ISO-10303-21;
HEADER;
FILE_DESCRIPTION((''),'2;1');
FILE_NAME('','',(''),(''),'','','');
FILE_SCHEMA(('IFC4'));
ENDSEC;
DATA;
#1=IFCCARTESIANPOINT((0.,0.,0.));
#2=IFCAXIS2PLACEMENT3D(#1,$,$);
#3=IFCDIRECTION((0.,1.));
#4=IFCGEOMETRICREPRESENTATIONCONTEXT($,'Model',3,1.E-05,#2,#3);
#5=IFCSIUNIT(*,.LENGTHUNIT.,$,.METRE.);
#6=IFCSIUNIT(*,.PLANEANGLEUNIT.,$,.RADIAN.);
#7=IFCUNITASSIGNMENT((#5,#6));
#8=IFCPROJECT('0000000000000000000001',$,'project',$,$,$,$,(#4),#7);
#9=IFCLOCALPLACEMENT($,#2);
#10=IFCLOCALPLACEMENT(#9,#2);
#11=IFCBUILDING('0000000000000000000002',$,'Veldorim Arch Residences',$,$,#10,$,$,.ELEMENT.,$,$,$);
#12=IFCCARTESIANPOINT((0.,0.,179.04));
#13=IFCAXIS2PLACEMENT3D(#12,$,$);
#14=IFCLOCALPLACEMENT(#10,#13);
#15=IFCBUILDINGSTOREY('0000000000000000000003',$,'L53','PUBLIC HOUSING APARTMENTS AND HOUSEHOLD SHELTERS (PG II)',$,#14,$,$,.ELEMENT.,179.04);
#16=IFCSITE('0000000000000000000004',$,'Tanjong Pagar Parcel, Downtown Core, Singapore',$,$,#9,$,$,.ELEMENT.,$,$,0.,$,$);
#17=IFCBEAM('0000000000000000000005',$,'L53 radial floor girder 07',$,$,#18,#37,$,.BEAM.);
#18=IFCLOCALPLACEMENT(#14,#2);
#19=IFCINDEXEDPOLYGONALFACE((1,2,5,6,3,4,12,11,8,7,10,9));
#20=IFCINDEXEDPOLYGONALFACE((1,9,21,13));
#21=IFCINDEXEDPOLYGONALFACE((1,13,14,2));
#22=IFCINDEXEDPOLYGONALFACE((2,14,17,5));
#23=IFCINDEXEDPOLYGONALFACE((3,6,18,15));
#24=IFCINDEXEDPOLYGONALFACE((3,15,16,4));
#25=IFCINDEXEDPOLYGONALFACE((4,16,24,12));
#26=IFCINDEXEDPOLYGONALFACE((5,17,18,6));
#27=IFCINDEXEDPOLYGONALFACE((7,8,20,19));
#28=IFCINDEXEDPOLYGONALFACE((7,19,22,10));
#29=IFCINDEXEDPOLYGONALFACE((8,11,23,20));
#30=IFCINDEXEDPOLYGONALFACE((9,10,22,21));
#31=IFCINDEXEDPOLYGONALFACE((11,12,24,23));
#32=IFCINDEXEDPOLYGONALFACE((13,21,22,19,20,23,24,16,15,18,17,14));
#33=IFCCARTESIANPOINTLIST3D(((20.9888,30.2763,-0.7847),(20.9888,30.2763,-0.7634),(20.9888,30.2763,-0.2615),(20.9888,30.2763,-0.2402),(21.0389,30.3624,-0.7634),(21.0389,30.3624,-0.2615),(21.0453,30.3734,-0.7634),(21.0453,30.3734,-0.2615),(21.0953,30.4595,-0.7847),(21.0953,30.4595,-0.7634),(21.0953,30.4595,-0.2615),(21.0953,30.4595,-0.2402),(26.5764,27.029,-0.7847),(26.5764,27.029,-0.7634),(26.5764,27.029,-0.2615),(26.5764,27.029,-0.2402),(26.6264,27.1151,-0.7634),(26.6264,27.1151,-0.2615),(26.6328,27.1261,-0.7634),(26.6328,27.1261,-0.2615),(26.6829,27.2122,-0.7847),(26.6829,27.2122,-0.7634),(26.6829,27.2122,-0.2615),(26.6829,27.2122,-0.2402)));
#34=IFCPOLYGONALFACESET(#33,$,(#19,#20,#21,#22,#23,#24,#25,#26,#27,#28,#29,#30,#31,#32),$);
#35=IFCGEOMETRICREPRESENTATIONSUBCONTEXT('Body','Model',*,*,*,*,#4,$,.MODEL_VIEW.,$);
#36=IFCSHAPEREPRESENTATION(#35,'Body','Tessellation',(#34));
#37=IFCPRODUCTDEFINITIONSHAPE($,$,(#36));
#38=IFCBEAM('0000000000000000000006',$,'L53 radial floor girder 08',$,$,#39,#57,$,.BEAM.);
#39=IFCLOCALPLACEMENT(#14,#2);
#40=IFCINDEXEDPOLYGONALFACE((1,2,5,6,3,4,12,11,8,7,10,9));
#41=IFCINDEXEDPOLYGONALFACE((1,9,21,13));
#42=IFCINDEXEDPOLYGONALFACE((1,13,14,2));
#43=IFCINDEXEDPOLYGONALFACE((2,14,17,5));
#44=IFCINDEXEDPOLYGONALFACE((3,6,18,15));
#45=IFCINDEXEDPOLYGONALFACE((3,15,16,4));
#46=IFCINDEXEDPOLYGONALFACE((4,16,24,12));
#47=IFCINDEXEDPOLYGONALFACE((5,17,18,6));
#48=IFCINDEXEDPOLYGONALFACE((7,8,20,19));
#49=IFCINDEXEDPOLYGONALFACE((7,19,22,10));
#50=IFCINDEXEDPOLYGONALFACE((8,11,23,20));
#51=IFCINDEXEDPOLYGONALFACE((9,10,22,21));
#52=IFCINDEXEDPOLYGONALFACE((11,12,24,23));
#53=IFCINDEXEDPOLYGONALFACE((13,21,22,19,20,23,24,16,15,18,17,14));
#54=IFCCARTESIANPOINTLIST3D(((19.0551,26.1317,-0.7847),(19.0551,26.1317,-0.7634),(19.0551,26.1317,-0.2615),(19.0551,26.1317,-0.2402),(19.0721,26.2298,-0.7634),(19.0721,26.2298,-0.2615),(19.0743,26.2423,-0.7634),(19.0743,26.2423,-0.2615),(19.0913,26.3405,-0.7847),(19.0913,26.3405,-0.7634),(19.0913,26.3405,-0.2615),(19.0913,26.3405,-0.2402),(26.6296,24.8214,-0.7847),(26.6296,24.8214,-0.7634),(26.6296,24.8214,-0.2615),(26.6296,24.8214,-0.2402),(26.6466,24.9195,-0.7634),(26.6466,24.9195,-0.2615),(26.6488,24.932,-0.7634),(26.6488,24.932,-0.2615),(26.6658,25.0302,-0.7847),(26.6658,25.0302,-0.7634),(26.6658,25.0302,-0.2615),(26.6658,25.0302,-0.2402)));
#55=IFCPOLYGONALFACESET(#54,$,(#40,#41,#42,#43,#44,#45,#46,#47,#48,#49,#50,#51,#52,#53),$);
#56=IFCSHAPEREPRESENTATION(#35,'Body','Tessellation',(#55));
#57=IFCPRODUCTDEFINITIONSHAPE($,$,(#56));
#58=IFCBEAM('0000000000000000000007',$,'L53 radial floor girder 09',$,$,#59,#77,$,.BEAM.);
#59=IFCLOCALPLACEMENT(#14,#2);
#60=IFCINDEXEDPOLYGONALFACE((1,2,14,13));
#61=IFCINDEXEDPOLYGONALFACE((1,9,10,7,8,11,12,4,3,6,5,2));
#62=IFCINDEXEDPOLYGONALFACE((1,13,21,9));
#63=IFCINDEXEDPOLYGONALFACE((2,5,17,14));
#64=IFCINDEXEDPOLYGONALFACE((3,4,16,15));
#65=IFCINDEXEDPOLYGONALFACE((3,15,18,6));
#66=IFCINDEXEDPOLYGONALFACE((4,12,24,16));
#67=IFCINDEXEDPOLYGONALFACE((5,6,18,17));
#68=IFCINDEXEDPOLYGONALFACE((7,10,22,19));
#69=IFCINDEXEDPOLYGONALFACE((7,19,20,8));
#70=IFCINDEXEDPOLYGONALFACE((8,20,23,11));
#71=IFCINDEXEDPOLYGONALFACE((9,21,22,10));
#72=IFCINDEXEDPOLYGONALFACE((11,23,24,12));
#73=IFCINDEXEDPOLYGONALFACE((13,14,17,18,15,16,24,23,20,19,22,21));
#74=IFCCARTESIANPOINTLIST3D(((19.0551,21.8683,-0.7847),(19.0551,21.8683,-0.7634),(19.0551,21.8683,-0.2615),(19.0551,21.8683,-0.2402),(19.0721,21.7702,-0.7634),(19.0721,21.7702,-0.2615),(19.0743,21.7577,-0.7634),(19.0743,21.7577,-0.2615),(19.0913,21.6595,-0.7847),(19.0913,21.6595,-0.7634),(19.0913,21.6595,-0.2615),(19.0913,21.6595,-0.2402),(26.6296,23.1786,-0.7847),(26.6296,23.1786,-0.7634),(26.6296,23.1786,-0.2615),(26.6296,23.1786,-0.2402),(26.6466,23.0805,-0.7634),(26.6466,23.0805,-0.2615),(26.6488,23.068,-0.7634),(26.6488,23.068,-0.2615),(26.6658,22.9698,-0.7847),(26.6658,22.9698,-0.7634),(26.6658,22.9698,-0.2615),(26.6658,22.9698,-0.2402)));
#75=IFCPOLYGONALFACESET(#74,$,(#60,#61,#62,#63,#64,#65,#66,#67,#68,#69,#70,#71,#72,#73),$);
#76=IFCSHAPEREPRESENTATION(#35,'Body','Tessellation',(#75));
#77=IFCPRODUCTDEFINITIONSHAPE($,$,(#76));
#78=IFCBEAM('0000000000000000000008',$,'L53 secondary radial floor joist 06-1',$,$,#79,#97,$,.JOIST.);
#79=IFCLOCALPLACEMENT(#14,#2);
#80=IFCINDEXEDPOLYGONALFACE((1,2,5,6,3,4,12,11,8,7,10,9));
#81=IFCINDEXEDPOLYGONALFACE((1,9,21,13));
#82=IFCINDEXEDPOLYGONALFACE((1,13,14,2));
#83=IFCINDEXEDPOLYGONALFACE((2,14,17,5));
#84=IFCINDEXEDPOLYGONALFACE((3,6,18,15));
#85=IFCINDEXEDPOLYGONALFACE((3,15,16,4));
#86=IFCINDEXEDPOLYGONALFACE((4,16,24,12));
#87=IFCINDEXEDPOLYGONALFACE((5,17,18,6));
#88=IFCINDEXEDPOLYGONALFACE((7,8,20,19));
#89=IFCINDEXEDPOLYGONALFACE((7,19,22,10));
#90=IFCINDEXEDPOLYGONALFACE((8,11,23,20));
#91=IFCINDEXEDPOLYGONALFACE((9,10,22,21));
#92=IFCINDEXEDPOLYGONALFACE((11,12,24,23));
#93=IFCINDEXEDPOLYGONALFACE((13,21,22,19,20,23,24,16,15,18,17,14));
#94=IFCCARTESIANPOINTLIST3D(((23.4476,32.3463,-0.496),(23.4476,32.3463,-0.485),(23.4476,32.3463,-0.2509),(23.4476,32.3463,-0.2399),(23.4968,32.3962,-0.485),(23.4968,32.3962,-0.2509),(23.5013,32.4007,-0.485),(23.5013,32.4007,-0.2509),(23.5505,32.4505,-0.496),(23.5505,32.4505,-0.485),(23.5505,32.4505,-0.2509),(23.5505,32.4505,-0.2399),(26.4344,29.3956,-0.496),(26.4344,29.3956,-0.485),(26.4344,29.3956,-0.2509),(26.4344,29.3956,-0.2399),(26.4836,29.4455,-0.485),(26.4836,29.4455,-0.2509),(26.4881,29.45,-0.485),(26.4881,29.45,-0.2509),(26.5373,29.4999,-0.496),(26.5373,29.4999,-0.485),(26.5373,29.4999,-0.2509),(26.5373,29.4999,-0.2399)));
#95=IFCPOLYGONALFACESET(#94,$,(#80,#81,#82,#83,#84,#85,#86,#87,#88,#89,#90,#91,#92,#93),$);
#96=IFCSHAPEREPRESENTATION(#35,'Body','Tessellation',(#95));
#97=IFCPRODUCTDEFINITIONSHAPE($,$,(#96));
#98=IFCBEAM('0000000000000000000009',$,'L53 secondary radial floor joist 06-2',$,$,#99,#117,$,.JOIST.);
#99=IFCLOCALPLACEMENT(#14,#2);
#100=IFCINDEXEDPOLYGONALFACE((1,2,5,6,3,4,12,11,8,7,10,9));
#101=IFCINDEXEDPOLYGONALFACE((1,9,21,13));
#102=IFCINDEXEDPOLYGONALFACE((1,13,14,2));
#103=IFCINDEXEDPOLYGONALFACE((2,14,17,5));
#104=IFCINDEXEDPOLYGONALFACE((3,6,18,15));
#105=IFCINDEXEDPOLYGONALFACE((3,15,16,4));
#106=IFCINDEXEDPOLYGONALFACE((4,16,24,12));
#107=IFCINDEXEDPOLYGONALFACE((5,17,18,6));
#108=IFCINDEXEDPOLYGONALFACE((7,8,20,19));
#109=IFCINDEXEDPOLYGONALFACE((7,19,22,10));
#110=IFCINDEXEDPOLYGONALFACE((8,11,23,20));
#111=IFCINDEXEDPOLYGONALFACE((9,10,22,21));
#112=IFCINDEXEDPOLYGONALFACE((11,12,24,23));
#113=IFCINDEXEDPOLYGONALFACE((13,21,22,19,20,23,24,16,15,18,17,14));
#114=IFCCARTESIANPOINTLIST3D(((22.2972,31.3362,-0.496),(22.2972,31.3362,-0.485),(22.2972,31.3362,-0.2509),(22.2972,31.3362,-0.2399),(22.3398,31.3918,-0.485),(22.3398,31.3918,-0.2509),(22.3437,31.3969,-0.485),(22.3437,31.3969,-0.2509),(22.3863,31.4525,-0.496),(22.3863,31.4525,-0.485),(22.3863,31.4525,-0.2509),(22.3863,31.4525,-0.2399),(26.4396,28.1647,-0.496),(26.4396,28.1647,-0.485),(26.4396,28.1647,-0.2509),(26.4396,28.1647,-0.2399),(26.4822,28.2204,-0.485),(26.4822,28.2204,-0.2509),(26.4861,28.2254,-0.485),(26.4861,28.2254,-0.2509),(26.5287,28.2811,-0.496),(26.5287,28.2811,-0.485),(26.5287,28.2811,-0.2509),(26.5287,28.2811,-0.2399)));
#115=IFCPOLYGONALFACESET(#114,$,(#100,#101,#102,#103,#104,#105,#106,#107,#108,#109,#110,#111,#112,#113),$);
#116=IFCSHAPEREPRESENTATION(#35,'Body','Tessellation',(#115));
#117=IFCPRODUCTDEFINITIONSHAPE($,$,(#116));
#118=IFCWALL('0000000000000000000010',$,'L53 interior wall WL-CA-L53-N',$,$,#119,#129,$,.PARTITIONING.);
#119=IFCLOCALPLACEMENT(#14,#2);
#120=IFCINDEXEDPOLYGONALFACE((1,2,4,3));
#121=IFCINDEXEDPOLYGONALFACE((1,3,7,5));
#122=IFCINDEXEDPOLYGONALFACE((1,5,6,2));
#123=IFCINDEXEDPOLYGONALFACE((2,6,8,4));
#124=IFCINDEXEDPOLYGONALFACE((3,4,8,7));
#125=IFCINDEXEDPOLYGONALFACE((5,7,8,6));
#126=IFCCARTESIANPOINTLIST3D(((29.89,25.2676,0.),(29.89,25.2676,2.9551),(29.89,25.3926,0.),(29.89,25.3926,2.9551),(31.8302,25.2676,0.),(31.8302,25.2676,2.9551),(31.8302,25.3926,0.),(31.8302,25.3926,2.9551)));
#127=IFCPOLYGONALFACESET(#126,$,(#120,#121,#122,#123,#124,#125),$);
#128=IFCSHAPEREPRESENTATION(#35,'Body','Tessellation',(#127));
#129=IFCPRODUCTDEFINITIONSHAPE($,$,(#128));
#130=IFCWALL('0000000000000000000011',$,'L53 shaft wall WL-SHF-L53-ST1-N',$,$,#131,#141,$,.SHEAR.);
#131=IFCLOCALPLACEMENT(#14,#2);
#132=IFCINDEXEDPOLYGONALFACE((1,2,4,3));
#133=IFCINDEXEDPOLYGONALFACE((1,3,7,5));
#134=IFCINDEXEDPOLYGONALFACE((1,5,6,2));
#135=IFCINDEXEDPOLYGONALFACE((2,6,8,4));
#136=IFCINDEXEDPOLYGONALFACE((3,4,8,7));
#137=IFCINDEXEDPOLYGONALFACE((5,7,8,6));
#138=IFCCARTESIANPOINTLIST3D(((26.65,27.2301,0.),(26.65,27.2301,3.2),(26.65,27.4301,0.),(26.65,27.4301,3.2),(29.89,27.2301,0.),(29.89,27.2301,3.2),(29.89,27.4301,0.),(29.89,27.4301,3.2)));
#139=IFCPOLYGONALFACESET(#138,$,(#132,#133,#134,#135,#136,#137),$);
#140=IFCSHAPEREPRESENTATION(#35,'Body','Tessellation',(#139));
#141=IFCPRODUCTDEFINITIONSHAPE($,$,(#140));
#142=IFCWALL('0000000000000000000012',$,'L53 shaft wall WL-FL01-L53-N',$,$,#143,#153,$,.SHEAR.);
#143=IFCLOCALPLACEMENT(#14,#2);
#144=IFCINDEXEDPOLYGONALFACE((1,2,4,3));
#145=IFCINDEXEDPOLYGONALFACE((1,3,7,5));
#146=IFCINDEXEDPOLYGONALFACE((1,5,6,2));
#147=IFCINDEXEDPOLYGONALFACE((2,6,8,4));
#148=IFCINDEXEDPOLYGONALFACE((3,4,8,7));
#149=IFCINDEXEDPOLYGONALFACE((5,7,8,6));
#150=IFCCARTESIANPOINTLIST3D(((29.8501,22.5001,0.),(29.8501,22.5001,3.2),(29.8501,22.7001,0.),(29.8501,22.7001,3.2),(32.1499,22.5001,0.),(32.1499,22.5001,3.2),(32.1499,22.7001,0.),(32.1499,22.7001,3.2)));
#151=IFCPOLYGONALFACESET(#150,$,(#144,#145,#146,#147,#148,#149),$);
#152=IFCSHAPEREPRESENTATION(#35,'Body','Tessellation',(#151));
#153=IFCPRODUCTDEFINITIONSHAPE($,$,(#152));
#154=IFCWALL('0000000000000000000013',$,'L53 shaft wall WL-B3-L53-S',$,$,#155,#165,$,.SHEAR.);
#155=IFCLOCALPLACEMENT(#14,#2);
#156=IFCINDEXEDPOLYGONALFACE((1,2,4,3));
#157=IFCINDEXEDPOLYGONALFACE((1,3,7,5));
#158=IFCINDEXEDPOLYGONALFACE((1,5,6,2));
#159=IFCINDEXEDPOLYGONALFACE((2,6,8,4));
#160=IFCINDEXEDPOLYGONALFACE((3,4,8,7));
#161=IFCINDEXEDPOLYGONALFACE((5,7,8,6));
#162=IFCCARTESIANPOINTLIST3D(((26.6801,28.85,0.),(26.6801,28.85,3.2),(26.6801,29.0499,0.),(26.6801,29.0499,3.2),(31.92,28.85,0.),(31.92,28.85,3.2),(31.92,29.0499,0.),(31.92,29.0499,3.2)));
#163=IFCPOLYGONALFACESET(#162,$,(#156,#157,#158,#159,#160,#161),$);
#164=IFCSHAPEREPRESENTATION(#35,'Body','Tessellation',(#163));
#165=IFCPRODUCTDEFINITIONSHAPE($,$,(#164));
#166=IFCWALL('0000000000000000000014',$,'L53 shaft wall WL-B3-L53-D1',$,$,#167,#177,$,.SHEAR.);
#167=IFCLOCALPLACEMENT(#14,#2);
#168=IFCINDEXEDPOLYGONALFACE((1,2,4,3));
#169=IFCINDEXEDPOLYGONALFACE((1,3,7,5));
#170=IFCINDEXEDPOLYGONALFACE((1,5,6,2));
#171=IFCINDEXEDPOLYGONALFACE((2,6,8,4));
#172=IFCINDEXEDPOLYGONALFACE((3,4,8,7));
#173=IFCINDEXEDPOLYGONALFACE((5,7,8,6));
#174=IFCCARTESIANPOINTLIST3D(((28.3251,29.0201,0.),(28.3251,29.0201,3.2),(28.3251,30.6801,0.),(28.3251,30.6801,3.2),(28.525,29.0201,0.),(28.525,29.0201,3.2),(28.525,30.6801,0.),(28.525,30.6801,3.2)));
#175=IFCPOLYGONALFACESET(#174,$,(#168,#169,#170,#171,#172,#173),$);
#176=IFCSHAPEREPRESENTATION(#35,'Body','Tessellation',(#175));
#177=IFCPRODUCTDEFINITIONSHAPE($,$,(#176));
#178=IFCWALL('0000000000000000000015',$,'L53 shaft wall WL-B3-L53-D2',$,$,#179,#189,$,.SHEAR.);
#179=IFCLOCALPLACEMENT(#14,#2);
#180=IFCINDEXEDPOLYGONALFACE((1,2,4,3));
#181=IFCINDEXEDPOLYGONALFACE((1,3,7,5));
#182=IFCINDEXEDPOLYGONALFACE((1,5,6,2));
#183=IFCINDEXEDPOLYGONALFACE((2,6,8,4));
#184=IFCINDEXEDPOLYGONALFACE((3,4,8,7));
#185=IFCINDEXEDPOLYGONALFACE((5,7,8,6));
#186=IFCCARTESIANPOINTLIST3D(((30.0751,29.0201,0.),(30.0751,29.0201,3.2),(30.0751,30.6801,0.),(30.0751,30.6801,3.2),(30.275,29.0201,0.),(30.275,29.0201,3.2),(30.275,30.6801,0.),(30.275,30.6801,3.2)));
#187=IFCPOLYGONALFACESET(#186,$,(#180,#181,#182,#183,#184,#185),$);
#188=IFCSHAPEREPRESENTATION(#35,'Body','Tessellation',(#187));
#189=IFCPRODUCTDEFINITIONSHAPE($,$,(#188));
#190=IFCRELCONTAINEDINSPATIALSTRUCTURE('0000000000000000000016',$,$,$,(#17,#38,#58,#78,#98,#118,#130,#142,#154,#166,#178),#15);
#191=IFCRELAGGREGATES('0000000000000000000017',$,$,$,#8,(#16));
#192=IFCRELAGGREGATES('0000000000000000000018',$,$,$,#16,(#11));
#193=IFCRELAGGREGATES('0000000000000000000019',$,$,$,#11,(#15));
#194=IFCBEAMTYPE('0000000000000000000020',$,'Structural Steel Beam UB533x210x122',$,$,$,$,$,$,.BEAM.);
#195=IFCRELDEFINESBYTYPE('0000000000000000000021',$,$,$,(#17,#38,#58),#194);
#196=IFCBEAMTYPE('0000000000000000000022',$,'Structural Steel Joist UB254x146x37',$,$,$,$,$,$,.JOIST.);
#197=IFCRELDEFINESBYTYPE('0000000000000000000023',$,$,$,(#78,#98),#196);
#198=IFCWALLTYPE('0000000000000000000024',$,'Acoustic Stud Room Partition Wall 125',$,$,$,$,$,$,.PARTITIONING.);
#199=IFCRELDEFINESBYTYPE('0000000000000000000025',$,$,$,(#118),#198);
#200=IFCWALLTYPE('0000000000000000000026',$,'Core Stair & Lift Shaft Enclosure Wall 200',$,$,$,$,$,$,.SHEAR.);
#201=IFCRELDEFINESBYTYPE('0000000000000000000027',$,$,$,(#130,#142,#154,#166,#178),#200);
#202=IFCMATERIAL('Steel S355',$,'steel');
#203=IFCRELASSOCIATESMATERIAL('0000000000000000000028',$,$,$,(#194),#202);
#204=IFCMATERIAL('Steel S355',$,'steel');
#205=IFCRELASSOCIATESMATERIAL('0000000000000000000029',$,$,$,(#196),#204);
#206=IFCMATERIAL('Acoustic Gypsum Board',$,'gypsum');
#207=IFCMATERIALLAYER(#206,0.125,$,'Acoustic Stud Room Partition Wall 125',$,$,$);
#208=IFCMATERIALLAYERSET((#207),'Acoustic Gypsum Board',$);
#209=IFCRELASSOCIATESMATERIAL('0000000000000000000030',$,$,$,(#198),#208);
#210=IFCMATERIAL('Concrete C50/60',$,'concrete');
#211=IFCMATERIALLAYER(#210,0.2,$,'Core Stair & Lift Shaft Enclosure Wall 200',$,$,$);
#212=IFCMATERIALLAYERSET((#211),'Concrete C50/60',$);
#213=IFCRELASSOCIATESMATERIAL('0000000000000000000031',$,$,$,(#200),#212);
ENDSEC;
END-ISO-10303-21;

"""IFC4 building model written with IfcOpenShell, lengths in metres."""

from ifc_helpers import new_model, si_unit, direction, frame, frame_2d, origin, origin_2d, place, context, subcontext, project, spatial, rectangle, i_section, extrude, material, layer, layer_set, material_profile, profile_set, type_object, element, save


model = new_model("IFC4")

# Units and contexts
model_context = context("Model", 3, precision=1e-05, world=origin(), true_north=direction((0.0, 1.0)))
body_context = subcontext(model_context, "Body", "Model", "MODEL_VIEW")
ifc_project = project(units=[si_unit("LENGTHUNIT", "METRE"), si_unit("PLANEANGLEUNIT", "RADIAN")], contexts=[model_context])

# Site, building, storey
site_placement = place(None, origin())
site = spatial("IfcSite", under=ifc_project, at=site_placement, Name="Tanjong Pagar Parcel, Downtown Core, Singapore", CompositionType="ELEMENT", RefElevation=0.0)
building_placement = place(site_placement, origin())
building = spatial("IfcBuilding", under=site, at=building_placement, Name="Veldorim Arch Residences", CompositionType="ELEMENT")
storey_placement = place(building_placement, frame((0.0, 0.0, 179.04)))
storey = spatial("IfcBuildingStorey", under=building, at=storey_placement, Name="L53", Description="PUBLIC HOUSING APARTMENTS AND HOUSEHOLD SHELTERS (PG II)", CompositionType="ELEMENT", Elevation=179.04)

# Beams
ifc_material_1 = material(Name="Steel S355", Category="steel")
ifc_material_profile_1 = material_profile(ifc_material_1, i_section(OverallWidth=0.2119, OverallDepth=0.5444, WebThickness=0.0127, FlangeThickness=0.0212, at=origin_2d()), Name="UB533x210x122")
ifc_profile_set_1 = profile_set([ifc_material_profile_1], Name="Steel S355")
beam_type_1 = type_object("IfcBeamType", Name="Structural Steel Beam UB533x210x122", PredefinedType="BEAM", material=ifc_profile_set_1)
beam_1_placement = place(storey_placement, frame((26.6296, 27.1206, -0.5125), z_axis=(-0.864596, 0.502468, 0.0), x_axis=(-0.502468, -0.864596, 0.0)))
element("IfcBeam", 1, at=beam_1_placement, inside=storey, type_object=beam_type_1, Name="L53 radial floor girder 07", PredefinedType="BEAM", context=body_context, shape_type="SweptSolid", body=[
    extrude(i_section(OverallWidth=0.2119, OverallDepth=0.5444, WebThickness=0.0127, FlangeThickness=0.0212, at=origin_2d()), origin(), (0.0, 0.0, 1.0), 6.4626),
])
for number, where, z_axis, x_axis, name in (
    (2, (26.6477, 24.9258, -0.5125), (-0.985365, 0.170458, 0.0), (-0.170458, -0.985365, 0.0), "L53 radial floor girder 08"),
    (3, (26.6477, 23.0742, -0.5125), (-0.985365, -0.170458, 0.0), (0.170458, -0.985365, 0.0), "L53 radial floor girder 09"),
):
    element("IfcBeam", number, at=place(storey_placement, frame(where, z_axis=z_axis, x_axis=x_axis)), inside=storey, type_object=beam_type_1, Name=name, PredefinedType="BEAM", context=body_context, shape_type="SweptSolid", body=[
        extrude(i_section(OverallWidth=0.2119, OverallDepth=0.5444, WebThickness=0.0127, FlangeThickness=0.0212, at=origin_2d()), origin(), (0.0, 0.0, 1.0), 7.687),
    ])
ifc_material_2 = material(Name="Steel S355", Category="steel")
ifc_material_profile_2 = material_profile(ifc_material_2, i_section(OverallWidth=0.1465, OverallDepth=0.2561, WebThickness=0.0063, FlangeThickness=0.011, at=origin_2d()), Name="UB254x146x37")
ifc_profile_set_2 = profile_set([ifc_material_profile_2], Name="Steel S355")
beam_type_2 = type_object("IfcBeamType", Name="Structural Steel Joist UB254x146x37", PredefinedType="JOIST", material=ifc_profile_set_2)
beam_2_placement = place(storey_placement, frame((26.4858, 29.4478, -0.3679), z_axis=(-0.711397, 0.702791, 0.0), x_axis=(-0.702791, -0.711397, 0.0)))
element("IfcBeam", 4, at=beam_2_placement, inside=storey, type_object=beam_type_2, Name="L53 secondary radial floor joist 06-1", PredefinedType="JOIST", context=body_context, shape_type="SweptSolid", body=[
    extrude(i_section(OverallWidth=0.1465, OverallDepth=0.2561, WebThickness=0.0063, FlangeThickness=0.011, at=origin_2d()), origin(), (0.0, 0.0, 1.0), 4.1985),
])
beam_3_placement = place(storey_placement, frame((26.4841, 28.2229, -0.3679), z_axis=(-0.794014, 0.6079, 0.0), x_axis=(-0.6079, -0.794014, 0.0)))
element("IfcBeam", 5, at=beam_3_placement, inside=storey, type_object=beam_type_2, Name="L53 secondary radial floor joist 06-2", PredefinedType="JOIST", context=body_context, shape_type="SweptSolid", body=[
    extrude(i_section(OverallWidth=0.1465, OverallDepth=0.2561, WebThickness=0.0063, FlangeThickness=0.011, at=origin_2d()), origin(), (0.0, 0.0, 1.0), 5.217),
])

# Walls
ifc_material_3 = material(Name="Acoustic Gypsum Board", Category="gypsum")
ifc_layer_1 = layer(ifc_material_3, 0.125, Name="Acoustic Stud Room Partition Wall 125")
ifc_layer_set_1 = layer_set([ifc_layer_1], Name="Acoustic Gypsum Board")
wall_type_1 = type_object("IfcWallType", Name="Acoustic Stud Room Partition Wall 125", PredefinedType="PARTITIONING", material=ifc_layer_set_1)
wall_1_placement = place(storey_placement, frame((29.8899, 25.3301, 0.0), z_axis=(0.0, 0.0, 1.0), x_axis=(1.0, 0.0, 0.0)))
element("IfcWall", 6, at=wall_1_placement, inside=storey, type_object=wall_type_1, Name="L53 interior wall WL-CA-L53-N", PredefinedType="PARTITIONING", context=body_context, shape_type="SweptSolid", body=[
    extrude(rectangle(XDim=1.9402, YDim=0.125, at=frame_2d((0.9702, 0.0))), origin(), (0.0, 0.0, 1.0), 2.9551),
])
ifc_material_4 = material(Name="Concrete C50/60", Category="concrete")
ifc_layer_2 = layer(ifc_material_4, 0.2, Name="Core Stair & Lift Shaft Enclosure Wall 200")
ifc_layer_set_2 = layer_set([ifc_layer_2], Name="Concrete C50/60")
wall_type_2 = type_object("IfcWallType", Name="Core Stair & Lift Shaft Enclosure Wall 200", PredefinedType="SHEAR", material=ifc_layer_set_2)
wall_2_placement = place(storey_placement, frame((26.6499, 27.3301, 0.0), z_axis=(0.0, 0.0, 1.0), x_axis=(1.0, 0.0, 0.0)))
element("IfcWall", 7, at=wall_2_placement, inside=storey, type_object=wall_type_2, Name="L53 shaft wall WL-SHF-L53-ST1-N", PredefinedType="SHEAR", context=body_context, shape_type="SweptSolid", body=[
    extrude(rectangle(XDim=3.24, YDim=0.2, at=frame_2d((1.6201, 0.0))), origin(), (0.0, 0.0, 1.0), 3.2),
])
wall_3_placement = place(storey_placement, frame((29.8501, 22.6001, 0.0), z_axis=(0.0, 0.0, 1.0), x_axis=(1.0, 0.0, 0.0)))
element("IfcWall", 8, at=wall_3_placement, inside=storey, type_object=wall_type_2, Name="L53 shaft wall WL-FL01-L53-N", PredefinedType="SHEAR", context=body_context, shape_type="SweptSolid", body=[
    extrude(rectangle(XDim=2.2998, YDim=0.2, at=frame_2d((1.1499, 0.0))), origin(), (0.0, 0.0, 1.0), 3.2),
])
wall_4_placement = place(storey_placement, frame((26.6799, 28.95, 0.0), z_axis=(0.0, 0.0, 1.0), x_axis=(1.0, 0.0, 0.0)))
element("IfcWall", 9, at=wall_4_placement, inside=storey, type_object=wall_type_2, Name="L53 shaft wall WL-B3-L53-S", PredefinedType="SHEAR", context=body_context, shape_type="SweptSolid", body=[
    extrude(rectangle(XDim=5.24, YDim=0.2, at=frame_2d((2.6201, 0.0))), origin(), (0.0, 0.0, 1.0), 3.2),
])
for number, where, z_axis, x_axis, name in (
    (10, (28.425, 29.02, 0.0), (0.0, 0.0, 1.0), (0.0, 1.0, 0.0), "L53 shaft wall WL-B3-L53-D1"),
    (11, (30.175, 29.02, 0.0), (0.0, 0.0, 1.0), (0.0, 1.0, 0.0), "L53 shaft wall WL-B3-L53-D2"),
):
    element("IfcWall", number, at=place(storey_placement, frame(where, z_axis=z_axis, x_axis=x_axis)), inside=storey, type_object=wall_type_2, Name=name, PredefinedType="SHEAR", context=body_context, shape_type="SweptSolid", body=[
        extrude(rectangle(XDim=1.6599, YDim=0.2, at=frame_2d((0.8301, 0.0))), origin(), (0.0, 0.0, 1.0), 3.2),
    ])

save(model, "model.ifc")
